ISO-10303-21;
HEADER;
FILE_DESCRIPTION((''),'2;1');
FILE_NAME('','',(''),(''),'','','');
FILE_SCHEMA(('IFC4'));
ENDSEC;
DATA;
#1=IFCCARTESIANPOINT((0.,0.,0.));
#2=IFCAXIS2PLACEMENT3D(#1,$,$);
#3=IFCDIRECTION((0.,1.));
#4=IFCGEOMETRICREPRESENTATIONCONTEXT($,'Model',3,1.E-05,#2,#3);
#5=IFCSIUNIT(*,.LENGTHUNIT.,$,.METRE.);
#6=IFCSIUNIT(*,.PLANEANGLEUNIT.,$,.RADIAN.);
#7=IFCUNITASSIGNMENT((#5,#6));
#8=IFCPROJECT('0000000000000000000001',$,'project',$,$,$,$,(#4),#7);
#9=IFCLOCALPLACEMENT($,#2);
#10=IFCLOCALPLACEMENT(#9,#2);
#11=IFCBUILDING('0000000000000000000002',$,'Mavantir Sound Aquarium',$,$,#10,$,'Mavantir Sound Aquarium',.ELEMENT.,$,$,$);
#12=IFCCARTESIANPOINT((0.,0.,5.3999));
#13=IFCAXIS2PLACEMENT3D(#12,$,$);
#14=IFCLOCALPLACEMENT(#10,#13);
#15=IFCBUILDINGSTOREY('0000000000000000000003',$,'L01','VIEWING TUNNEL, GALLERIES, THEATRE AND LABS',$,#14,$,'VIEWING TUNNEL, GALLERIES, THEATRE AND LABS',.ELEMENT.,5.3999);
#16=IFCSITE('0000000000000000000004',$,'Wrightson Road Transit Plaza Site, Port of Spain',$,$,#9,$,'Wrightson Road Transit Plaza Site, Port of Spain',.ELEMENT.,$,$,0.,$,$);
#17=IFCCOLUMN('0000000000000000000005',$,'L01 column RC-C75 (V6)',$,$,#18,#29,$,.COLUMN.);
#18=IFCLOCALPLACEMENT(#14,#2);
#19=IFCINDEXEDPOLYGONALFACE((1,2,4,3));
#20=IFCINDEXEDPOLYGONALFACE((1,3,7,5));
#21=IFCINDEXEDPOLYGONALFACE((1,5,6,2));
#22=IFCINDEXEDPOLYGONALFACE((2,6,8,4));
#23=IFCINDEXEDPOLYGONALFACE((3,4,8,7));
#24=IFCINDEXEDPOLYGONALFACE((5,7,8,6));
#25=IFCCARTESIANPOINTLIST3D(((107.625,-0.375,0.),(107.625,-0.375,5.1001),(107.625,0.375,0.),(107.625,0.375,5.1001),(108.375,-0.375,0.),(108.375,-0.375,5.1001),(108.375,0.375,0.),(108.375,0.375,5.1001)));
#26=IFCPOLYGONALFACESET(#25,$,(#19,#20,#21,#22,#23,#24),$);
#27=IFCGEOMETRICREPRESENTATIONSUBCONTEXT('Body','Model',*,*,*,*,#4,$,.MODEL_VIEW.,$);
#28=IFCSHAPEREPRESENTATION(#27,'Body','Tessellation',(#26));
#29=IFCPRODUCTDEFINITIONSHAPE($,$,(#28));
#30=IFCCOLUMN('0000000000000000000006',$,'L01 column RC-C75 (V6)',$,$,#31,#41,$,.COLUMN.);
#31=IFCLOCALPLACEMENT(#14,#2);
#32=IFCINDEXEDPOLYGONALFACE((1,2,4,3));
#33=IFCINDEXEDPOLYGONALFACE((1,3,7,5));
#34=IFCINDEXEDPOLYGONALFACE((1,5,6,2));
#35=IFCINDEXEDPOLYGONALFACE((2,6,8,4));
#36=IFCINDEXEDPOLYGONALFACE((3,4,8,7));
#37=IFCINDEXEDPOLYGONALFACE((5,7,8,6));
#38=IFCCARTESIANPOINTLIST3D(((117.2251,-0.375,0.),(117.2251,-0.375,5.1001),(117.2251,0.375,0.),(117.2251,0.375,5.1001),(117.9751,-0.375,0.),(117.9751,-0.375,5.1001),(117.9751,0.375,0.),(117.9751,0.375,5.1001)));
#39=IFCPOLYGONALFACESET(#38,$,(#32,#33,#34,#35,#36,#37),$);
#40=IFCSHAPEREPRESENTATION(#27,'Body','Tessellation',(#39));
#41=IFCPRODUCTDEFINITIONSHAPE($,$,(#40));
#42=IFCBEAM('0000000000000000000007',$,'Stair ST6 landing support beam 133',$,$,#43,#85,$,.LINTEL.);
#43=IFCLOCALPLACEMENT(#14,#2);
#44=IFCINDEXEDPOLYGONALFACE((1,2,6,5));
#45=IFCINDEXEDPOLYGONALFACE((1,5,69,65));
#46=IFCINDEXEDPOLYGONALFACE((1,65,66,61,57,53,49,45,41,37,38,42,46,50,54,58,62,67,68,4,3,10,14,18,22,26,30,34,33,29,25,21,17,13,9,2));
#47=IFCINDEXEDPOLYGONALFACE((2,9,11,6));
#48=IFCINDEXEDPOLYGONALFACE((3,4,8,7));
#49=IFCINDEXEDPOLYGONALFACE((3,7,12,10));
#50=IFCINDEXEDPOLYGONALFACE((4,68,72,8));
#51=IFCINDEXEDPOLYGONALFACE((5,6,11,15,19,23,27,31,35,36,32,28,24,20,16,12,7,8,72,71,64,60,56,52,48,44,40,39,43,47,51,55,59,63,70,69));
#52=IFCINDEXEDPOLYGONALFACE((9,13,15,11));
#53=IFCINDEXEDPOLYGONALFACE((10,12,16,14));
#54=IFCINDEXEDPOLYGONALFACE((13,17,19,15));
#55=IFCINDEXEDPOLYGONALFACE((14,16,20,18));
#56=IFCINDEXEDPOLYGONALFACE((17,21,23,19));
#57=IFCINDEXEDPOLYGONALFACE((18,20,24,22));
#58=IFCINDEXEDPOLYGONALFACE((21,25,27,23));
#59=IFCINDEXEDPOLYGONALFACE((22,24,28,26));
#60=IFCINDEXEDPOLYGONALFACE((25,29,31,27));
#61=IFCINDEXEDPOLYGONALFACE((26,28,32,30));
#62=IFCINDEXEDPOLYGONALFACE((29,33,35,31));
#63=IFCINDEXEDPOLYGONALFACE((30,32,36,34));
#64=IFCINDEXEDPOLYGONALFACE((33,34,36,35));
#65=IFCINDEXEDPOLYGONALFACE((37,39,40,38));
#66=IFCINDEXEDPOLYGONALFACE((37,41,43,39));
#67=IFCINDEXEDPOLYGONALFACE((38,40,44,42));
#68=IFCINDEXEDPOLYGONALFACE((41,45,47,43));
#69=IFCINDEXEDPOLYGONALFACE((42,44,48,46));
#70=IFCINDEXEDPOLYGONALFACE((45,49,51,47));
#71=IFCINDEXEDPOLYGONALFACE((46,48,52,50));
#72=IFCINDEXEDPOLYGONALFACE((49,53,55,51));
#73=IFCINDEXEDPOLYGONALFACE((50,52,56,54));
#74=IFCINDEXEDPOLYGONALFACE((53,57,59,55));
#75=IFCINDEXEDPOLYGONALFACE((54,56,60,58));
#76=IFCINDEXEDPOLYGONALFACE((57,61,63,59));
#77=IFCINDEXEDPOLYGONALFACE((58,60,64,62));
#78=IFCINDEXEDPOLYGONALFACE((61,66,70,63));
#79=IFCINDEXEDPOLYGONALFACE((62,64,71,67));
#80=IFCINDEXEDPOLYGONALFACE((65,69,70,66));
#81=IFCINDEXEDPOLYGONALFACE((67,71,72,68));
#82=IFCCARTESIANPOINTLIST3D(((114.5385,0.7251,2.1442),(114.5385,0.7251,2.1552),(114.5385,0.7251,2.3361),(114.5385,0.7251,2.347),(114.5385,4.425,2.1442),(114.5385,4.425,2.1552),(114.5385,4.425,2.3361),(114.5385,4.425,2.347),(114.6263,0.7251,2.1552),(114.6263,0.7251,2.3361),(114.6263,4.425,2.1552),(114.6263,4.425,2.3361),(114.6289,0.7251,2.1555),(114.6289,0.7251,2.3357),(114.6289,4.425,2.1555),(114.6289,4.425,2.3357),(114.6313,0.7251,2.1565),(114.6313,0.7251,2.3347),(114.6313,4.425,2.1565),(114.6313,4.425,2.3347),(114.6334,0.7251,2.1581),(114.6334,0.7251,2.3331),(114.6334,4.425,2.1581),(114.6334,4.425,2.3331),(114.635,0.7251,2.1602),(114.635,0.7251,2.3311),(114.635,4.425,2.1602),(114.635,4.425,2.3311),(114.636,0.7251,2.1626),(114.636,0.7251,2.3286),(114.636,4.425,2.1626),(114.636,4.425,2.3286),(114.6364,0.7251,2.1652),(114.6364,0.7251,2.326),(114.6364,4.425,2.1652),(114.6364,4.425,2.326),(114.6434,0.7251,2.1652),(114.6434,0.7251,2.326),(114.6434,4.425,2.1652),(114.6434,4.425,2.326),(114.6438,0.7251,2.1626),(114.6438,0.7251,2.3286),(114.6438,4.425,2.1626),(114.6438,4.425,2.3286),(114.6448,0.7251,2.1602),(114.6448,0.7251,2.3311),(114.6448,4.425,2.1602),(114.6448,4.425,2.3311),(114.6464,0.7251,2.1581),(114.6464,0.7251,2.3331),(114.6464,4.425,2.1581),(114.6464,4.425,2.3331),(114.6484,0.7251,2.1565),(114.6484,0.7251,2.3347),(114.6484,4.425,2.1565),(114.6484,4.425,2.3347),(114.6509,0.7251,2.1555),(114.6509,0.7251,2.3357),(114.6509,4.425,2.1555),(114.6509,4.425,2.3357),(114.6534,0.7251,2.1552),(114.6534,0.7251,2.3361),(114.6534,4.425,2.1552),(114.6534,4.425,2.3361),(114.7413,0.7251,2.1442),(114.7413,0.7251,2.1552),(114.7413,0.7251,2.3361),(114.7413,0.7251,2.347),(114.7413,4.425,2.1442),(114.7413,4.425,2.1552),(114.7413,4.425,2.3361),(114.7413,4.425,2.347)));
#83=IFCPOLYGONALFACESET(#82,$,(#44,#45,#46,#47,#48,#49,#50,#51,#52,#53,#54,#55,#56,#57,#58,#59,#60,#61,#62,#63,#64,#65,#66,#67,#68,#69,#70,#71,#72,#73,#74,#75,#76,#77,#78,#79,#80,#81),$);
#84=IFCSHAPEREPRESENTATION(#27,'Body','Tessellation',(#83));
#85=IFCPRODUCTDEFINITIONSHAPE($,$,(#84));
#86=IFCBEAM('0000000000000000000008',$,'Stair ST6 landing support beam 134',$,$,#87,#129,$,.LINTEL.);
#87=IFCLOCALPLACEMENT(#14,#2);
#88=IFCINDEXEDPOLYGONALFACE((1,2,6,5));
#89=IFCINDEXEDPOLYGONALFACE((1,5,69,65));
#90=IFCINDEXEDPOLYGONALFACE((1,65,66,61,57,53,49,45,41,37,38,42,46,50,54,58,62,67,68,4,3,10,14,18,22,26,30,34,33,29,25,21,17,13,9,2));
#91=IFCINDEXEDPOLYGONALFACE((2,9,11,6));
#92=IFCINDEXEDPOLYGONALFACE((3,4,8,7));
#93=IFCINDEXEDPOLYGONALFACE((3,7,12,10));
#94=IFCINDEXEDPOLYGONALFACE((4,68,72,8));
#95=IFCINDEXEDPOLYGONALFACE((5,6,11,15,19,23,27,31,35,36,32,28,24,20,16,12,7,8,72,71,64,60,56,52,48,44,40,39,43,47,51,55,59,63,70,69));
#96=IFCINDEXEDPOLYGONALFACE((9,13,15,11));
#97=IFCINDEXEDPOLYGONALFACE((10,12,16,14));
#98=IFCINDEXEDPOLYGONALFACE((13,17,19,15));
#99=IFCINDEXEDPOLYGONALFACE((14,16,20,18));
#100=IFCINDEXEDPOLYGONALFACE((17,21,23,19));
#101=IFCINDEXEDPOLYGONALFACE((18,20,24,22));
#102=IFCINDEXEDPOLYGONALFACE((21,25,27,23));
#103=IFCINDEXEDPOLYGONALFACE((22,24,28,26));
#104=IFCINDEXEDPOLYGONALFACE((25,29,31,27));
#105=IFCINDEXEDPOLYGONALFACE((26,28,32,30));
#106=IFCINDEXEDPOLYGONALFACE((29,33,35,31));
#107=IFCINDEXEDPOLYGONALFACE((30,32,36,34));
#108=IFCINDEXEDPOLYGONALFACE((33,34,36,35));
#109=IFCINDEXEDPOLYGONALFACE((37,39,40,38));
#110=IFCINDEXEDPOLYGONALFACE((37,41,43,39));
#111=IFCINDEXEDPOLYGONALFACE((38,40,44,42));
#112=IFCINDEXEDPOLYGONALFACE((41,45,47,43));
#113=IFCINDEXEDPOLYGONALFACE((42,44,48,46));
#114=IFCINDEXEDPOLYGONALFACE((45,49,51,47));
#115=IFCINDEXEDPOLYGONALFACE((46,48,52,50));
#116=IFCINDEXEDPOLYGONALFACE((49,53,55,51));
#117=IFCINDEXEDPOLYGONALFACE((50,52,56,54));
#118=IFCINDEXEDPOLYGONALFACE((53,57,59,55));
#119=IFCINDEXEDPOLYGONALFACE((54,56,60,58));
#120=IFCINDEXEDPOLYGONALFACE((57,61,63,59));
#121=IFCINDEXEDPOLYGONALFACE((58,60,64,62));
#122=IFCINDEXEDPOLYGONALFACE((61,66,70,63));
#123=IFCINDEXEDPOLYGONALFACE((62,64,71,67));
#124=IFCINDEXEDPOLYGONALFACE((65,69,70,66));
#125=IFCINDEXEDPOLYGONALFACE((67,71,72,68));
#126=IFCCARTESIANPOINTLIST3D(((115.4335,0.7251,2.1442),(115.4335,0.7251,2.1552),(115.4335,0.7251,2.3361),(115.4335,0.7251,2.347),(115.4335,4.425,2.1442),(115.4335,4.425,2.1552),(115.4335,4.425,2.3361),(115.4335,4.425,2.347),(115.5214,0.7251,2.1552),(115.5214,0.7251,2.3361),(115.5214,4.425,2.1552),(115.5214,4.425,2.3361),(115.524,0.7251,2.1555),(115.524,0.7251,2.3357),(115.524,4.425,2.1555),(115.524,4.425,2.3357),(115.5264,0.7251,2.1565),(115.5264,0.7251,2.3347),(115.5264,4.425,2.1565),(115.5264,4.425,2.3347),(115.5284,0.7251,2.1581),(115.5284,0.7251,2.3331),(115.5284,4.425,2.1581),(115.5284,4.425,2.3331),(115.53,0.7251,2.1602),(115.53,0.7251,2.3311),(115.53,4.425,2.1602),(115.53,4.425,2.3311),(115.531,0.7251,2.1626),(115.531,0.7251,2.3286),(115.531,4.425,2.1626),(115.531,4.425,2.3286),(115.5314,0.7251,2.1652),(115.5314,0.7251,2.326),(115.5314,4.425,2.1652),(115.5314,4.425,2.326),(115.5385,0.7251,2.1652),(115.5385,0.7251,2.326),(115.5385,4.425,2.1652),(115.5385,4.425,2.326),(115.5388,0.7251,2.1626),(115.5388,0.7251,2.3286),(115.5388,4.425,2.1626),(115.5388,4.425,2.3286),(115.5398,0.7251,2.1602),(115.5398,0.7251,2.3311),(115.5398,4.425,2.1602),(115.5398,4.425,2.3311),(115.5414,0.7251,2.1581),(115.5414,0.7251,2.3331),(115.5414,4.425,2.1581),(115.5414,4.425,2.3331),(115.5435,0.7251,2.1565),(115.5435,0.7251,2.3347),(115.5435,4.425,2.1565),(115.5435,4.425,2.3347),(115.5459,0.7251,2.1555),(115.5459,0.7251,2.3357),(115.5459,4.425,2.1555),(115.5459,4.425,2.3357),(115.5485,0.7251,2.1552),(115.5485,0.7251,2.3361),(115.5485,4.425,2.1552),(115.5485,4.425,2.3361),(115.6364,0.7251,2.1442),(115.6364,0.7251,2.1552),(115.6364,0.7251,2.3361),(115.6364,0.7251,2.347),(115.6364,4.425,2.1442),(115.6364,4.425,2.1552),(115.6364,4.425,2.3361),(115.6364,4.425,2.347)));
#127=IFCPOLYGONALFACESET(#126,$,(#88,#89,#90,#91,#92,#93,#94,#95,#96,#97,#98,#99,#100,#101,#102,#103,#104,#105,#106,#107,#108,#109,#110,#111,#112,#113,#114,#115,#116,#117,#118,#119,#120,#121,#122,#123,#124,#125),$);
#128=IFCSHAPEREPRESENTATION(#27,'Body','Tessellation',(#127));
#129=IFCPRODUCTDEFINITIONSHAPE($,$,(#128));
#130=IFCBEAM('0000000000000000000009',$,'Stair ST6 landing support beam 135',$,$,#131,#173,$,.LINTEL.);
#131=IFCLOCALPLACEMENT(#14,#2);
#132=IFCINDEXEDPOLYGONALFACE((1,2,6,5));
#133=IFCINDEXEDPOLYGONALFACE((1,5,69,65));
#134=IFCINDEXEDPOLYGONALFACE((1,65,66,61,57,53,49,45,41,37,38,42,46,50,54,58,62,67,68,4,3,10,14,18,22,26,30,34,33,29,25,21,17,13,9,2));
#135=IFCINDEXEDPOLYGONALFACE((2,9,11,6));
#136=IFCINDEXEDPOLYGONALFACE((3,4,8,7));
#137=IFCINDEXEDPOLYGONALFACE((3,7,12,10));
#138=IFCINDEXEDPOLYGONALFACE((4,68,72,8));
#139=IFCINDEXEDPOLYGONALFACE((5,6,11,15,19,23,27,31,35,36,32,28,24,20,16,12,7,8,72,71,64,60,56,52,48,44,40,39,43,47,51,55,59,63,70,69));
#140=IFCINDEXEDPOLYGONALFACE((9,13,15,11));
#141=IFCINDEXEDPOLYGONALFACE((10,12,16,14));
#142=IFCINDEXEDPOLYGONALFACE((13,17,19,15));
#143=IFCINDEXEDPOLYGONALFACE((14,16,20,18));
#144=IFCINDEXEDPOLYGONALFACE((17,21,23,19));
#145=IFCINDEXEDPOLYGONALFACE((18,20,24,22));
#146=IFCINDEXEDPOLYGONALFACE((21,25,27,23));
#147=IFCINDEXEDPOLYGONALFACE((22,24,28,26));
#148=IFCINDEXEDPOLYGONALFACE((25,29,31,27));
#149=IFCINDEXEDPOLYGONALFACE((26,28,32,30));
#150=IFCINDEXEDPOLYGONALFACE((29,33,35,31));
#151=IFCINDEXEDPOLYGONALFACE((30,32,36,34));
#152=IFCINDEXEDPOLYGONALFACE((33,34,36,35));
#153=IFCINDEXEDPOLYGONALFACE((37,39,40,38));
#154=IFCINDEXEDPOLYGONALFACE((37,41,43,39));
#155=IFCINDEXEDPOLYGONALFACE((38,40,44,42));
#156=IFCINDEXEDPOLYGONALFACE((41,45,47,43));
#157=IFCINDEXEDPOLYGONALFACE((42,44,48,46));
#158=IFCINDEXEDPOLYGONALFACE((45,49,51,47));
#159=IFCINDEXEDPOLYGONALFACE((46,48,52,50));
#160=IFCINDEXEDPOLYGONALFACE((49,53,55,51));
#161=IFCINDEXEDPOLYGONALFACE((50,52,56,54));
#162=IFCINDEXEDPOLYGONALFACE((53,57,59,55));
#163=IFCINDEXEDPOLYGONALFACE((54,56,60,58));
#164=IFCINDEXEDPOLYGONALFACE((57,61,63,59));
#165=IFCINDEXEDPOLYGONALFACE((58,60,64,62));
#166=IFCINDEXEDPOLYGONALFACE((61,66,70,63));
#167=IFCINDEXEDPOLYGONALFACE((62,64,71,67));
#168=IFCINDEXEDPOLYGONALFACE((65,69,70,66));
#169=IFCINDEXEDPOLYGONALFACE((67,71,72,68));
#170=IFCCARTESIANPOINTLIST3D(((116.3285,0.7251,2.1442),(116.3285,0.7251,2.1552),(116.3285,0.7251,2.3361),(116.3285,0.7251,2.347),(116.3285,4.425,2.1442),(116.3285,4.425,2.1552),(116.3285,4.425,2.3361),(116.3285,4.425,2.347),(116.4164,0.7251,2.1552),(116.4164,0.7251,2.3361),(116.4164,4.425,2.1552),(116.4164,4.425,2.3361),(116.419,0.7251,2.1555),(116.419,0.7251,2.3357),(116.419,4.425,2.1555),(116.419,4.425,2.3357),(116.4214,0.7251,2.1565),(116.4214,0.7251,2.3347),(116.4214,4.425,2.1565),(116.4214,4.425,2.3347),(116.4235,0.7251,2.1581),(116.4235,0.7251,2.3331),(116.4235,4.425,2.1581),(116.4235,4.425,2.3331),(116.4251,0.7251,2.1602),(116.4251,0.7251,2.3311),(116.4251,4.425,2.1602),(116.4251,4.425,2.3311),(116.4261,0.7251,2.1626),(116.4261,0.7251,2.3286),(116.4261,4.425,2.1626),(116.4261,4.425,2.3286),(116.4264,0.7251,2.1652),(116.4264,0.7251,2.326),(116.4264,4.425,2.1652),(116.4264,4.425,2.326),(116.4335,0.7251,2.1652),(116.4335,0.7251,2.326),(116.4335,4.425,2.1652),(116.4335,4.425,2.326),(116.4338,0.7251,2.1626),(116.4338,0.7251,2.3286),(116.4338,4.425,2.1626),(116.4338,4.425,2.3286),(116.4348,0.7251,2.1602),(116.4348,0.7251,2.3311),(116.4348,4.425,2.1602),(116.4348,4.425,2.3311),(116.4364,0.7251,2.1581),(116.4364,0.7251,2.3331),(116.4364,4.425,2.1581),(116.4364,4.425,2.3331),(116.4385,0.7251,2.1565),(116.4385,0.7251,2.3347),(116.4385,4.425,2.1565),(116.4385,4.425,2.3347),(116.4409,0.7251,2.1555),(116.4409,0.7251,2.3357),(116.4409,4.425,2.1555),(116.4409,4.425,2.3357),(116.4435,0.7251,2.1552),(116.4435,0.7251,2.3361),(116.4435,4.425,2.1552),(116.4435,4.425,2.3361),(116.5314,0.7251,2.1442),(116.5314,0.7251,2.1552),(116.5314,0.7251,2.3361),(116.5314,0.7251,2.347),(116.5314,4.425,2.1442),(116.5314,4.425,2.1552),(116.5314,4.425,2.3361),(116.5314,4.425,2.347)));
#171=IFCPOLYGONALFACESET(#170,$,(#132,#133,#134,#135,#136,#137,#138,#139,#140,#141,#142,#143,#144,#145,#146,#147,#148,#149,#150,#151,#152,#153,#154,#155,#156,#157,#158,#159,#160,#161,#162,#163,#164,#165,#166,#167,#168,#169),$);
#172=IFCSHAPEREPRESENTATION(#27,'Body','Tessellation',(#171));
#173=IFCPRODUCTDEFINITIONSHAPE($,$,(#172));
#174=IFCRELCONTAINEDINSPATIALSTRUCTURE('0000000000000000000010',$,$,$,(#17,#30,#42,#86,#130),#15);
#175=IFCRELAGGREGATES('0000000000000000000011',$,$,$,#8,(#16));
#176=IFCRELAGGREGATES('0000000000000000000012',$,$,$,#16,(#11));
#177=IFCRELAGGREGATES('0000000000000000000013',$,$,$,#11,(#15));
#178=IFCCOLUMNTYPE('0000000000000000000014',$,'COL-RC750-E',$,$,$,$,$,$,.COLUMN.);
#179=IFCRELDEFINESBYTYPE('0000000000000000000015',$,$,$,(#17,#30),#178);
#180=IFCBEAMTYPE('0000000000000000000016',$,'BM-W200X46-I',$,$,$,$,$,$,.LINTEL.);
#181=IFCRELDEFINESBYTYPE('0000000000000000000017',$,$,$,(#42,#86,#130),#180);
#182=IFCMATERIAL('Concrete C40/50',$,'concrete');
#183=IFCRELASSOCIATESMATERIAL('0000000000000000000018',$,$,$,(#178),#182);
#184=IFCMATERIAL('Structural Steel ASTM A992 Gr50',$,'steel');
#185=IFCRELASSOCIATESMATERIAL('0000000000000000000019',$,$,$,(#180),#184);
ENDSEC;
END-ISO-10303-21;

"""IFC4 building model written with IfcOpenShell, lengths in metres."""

from ifc_helpers import new_model, si_unit, direction, frame, origin, origin_2d, place, context, subcontext, project, spatial, rectangle, i_section, extrude, material, material_profile, profile_set, type_object, element, save


model = new_model("IFC4")

# Units and contexts
model_context = context("Model", 3, precision=1e-05, world=origin(), true_north=direction((0.0, 1.0)))
body_context = subcontext(model_context, "Body", "Model", "MODEL_VIEW")
ifc_project = project(units=[si_unit("LENGTHUNIT", "METRE"), si_unit("PLANEANGLEUNIT", "RADIAN")], contexts=[model_context])

# Site, building, storey
site_placement = place(None, origin())
site = spatial("IfcSite", under=ifc_project, at=site_placement, Name="Wrightson Road Transit Plaza Site, Port of Spain", LongName="Wrightson Road Transit Plaza Site, Port of Spain", CompositionType="ELEMENT", RefElevation=0.0)
building_placement = place(site_placement, origin())
building = spatial("IfcBuilding", under=site, at=building_placement, Name="Mavantir Sound Aquarium", LongName="Mavantir Sound Aquarium", CompositionType="ELEMENT")
storey_placement = place(building_placement, frame((0.0, 0.0, 5.3999)))
storey = spatial("IfcBuildingStorey", under=building, at=storey_placement, Name="L01", Description="VIEWING TUNNEL, GALLERIES, THEATRE AND LABS", LongName="VIEWING TUNNEL, GALLERIES, THEATRE AND LABS", CompositionType="ELEMENT", Elevation=5.3999)

# Columns
ifc_material_1 = material(Name="Concrete C40/50", Category="concrete")
ifc_material_profile_1 = material_profile(ifc_material_1, rectangle(XDim=0.75, YDim=0.75, at=origin_2d()), Name="RC 750X750")
ifc_profile_set_1 = profile_set([ifc_material_profile_1], Name="Concrete C40/50")
column_type = type_object("IfcColumnType", Name="COL-RC750-E", PredefinedType="COLUMN", material=ifc_profile_set_1)
for number, where, z_axis, x_axis, name in (
    (1, (108.0, 0.0, 0.0), (0.0, 0.0, 1.0), (1.0, 0.0, 0.0), "L01 column RC-C75 (V6)"),
    (2, (117.6001, 0.0, 0.0), (0.0, 0.0, 1.0), (1.0, 0.0, 0.0), "L01 column RC-C75 (V6)"),
):
    element("IfcColumn", number, at=place(storey_placement, frame(where, z_axis=z_axis, x_axis=x_axis)), inside=storey, type_object=column_type, Name=name, PredefinedType="COLUMN", context=body_context, shape_type="SweptSolid", body=[
        extrude(rectangle(XDim=0.75, YDim=0.75, at=origin_2d()), origin(), (0.0, 0.0, 1.0), 5.1001),
    ])

# Beams
ifc_material_2 = material(Name="Structural Steel ASTM A992 Gr50", Category="steel")
ifc_material_profile_2 = material_profile(ifc_material_2, i_section(OverallWidth=0.2029, OverallDepth=0.2029, WebThickness=0.0071, FlangeThickness=0.011, FilletRadius=0.01, at=origin_2d()), Name="W200X46")
ifc_profile_set_2 = profile_set([ifc_material_profile_2], Name="Structural Steel ASTM A992 Gr50")
beam_type_1 = type_object("IfcBeamType", Name="BM-W200X46-I", PredefinedType="LINTEL", material=ifc_profile_set_2)
for number, where, z_axis, x_axis, name in (
    (3, (114.6399, 0.7251, 2.2456), (0.0, 1.0, 0.0), (-1.0, 0.0, 0.0), "Stair ST6 landing support beam 133"),
    (4, (115.5349, 0.7251, 2.2456), (0.0, 1.0, 0.0), (-1.0, 0.0, 0.0), "Stair ST6 landing support beam 134"),
    (5, (116.4299, 0.7251, 2.2456), (0.0, 1.0, 0.0), (-1.0, 0.0, 0.0), "Stair ST6 landing support beam 135"),
):
    element("IfcBeam", number, at=place(storey_placement, frame(where, z_axis=z_axis, x_axis=x_axis)), inside=storey, type_object=beam_type_1, Name=name, PredefinedType="LINTEL", context=body_context, shape_type="SweptSolid", body=[
        extrude(i_section(OverallWidth=0.2029, OverallDepth=0.2029, WebThickness=0.0071, FlangeThickness=0.011, FilletRadius=0.01, at=origin_2d()), origin(), (0.0, 0.0, 1.0), 3.7),
    ])

save(model, "model.ifc")
